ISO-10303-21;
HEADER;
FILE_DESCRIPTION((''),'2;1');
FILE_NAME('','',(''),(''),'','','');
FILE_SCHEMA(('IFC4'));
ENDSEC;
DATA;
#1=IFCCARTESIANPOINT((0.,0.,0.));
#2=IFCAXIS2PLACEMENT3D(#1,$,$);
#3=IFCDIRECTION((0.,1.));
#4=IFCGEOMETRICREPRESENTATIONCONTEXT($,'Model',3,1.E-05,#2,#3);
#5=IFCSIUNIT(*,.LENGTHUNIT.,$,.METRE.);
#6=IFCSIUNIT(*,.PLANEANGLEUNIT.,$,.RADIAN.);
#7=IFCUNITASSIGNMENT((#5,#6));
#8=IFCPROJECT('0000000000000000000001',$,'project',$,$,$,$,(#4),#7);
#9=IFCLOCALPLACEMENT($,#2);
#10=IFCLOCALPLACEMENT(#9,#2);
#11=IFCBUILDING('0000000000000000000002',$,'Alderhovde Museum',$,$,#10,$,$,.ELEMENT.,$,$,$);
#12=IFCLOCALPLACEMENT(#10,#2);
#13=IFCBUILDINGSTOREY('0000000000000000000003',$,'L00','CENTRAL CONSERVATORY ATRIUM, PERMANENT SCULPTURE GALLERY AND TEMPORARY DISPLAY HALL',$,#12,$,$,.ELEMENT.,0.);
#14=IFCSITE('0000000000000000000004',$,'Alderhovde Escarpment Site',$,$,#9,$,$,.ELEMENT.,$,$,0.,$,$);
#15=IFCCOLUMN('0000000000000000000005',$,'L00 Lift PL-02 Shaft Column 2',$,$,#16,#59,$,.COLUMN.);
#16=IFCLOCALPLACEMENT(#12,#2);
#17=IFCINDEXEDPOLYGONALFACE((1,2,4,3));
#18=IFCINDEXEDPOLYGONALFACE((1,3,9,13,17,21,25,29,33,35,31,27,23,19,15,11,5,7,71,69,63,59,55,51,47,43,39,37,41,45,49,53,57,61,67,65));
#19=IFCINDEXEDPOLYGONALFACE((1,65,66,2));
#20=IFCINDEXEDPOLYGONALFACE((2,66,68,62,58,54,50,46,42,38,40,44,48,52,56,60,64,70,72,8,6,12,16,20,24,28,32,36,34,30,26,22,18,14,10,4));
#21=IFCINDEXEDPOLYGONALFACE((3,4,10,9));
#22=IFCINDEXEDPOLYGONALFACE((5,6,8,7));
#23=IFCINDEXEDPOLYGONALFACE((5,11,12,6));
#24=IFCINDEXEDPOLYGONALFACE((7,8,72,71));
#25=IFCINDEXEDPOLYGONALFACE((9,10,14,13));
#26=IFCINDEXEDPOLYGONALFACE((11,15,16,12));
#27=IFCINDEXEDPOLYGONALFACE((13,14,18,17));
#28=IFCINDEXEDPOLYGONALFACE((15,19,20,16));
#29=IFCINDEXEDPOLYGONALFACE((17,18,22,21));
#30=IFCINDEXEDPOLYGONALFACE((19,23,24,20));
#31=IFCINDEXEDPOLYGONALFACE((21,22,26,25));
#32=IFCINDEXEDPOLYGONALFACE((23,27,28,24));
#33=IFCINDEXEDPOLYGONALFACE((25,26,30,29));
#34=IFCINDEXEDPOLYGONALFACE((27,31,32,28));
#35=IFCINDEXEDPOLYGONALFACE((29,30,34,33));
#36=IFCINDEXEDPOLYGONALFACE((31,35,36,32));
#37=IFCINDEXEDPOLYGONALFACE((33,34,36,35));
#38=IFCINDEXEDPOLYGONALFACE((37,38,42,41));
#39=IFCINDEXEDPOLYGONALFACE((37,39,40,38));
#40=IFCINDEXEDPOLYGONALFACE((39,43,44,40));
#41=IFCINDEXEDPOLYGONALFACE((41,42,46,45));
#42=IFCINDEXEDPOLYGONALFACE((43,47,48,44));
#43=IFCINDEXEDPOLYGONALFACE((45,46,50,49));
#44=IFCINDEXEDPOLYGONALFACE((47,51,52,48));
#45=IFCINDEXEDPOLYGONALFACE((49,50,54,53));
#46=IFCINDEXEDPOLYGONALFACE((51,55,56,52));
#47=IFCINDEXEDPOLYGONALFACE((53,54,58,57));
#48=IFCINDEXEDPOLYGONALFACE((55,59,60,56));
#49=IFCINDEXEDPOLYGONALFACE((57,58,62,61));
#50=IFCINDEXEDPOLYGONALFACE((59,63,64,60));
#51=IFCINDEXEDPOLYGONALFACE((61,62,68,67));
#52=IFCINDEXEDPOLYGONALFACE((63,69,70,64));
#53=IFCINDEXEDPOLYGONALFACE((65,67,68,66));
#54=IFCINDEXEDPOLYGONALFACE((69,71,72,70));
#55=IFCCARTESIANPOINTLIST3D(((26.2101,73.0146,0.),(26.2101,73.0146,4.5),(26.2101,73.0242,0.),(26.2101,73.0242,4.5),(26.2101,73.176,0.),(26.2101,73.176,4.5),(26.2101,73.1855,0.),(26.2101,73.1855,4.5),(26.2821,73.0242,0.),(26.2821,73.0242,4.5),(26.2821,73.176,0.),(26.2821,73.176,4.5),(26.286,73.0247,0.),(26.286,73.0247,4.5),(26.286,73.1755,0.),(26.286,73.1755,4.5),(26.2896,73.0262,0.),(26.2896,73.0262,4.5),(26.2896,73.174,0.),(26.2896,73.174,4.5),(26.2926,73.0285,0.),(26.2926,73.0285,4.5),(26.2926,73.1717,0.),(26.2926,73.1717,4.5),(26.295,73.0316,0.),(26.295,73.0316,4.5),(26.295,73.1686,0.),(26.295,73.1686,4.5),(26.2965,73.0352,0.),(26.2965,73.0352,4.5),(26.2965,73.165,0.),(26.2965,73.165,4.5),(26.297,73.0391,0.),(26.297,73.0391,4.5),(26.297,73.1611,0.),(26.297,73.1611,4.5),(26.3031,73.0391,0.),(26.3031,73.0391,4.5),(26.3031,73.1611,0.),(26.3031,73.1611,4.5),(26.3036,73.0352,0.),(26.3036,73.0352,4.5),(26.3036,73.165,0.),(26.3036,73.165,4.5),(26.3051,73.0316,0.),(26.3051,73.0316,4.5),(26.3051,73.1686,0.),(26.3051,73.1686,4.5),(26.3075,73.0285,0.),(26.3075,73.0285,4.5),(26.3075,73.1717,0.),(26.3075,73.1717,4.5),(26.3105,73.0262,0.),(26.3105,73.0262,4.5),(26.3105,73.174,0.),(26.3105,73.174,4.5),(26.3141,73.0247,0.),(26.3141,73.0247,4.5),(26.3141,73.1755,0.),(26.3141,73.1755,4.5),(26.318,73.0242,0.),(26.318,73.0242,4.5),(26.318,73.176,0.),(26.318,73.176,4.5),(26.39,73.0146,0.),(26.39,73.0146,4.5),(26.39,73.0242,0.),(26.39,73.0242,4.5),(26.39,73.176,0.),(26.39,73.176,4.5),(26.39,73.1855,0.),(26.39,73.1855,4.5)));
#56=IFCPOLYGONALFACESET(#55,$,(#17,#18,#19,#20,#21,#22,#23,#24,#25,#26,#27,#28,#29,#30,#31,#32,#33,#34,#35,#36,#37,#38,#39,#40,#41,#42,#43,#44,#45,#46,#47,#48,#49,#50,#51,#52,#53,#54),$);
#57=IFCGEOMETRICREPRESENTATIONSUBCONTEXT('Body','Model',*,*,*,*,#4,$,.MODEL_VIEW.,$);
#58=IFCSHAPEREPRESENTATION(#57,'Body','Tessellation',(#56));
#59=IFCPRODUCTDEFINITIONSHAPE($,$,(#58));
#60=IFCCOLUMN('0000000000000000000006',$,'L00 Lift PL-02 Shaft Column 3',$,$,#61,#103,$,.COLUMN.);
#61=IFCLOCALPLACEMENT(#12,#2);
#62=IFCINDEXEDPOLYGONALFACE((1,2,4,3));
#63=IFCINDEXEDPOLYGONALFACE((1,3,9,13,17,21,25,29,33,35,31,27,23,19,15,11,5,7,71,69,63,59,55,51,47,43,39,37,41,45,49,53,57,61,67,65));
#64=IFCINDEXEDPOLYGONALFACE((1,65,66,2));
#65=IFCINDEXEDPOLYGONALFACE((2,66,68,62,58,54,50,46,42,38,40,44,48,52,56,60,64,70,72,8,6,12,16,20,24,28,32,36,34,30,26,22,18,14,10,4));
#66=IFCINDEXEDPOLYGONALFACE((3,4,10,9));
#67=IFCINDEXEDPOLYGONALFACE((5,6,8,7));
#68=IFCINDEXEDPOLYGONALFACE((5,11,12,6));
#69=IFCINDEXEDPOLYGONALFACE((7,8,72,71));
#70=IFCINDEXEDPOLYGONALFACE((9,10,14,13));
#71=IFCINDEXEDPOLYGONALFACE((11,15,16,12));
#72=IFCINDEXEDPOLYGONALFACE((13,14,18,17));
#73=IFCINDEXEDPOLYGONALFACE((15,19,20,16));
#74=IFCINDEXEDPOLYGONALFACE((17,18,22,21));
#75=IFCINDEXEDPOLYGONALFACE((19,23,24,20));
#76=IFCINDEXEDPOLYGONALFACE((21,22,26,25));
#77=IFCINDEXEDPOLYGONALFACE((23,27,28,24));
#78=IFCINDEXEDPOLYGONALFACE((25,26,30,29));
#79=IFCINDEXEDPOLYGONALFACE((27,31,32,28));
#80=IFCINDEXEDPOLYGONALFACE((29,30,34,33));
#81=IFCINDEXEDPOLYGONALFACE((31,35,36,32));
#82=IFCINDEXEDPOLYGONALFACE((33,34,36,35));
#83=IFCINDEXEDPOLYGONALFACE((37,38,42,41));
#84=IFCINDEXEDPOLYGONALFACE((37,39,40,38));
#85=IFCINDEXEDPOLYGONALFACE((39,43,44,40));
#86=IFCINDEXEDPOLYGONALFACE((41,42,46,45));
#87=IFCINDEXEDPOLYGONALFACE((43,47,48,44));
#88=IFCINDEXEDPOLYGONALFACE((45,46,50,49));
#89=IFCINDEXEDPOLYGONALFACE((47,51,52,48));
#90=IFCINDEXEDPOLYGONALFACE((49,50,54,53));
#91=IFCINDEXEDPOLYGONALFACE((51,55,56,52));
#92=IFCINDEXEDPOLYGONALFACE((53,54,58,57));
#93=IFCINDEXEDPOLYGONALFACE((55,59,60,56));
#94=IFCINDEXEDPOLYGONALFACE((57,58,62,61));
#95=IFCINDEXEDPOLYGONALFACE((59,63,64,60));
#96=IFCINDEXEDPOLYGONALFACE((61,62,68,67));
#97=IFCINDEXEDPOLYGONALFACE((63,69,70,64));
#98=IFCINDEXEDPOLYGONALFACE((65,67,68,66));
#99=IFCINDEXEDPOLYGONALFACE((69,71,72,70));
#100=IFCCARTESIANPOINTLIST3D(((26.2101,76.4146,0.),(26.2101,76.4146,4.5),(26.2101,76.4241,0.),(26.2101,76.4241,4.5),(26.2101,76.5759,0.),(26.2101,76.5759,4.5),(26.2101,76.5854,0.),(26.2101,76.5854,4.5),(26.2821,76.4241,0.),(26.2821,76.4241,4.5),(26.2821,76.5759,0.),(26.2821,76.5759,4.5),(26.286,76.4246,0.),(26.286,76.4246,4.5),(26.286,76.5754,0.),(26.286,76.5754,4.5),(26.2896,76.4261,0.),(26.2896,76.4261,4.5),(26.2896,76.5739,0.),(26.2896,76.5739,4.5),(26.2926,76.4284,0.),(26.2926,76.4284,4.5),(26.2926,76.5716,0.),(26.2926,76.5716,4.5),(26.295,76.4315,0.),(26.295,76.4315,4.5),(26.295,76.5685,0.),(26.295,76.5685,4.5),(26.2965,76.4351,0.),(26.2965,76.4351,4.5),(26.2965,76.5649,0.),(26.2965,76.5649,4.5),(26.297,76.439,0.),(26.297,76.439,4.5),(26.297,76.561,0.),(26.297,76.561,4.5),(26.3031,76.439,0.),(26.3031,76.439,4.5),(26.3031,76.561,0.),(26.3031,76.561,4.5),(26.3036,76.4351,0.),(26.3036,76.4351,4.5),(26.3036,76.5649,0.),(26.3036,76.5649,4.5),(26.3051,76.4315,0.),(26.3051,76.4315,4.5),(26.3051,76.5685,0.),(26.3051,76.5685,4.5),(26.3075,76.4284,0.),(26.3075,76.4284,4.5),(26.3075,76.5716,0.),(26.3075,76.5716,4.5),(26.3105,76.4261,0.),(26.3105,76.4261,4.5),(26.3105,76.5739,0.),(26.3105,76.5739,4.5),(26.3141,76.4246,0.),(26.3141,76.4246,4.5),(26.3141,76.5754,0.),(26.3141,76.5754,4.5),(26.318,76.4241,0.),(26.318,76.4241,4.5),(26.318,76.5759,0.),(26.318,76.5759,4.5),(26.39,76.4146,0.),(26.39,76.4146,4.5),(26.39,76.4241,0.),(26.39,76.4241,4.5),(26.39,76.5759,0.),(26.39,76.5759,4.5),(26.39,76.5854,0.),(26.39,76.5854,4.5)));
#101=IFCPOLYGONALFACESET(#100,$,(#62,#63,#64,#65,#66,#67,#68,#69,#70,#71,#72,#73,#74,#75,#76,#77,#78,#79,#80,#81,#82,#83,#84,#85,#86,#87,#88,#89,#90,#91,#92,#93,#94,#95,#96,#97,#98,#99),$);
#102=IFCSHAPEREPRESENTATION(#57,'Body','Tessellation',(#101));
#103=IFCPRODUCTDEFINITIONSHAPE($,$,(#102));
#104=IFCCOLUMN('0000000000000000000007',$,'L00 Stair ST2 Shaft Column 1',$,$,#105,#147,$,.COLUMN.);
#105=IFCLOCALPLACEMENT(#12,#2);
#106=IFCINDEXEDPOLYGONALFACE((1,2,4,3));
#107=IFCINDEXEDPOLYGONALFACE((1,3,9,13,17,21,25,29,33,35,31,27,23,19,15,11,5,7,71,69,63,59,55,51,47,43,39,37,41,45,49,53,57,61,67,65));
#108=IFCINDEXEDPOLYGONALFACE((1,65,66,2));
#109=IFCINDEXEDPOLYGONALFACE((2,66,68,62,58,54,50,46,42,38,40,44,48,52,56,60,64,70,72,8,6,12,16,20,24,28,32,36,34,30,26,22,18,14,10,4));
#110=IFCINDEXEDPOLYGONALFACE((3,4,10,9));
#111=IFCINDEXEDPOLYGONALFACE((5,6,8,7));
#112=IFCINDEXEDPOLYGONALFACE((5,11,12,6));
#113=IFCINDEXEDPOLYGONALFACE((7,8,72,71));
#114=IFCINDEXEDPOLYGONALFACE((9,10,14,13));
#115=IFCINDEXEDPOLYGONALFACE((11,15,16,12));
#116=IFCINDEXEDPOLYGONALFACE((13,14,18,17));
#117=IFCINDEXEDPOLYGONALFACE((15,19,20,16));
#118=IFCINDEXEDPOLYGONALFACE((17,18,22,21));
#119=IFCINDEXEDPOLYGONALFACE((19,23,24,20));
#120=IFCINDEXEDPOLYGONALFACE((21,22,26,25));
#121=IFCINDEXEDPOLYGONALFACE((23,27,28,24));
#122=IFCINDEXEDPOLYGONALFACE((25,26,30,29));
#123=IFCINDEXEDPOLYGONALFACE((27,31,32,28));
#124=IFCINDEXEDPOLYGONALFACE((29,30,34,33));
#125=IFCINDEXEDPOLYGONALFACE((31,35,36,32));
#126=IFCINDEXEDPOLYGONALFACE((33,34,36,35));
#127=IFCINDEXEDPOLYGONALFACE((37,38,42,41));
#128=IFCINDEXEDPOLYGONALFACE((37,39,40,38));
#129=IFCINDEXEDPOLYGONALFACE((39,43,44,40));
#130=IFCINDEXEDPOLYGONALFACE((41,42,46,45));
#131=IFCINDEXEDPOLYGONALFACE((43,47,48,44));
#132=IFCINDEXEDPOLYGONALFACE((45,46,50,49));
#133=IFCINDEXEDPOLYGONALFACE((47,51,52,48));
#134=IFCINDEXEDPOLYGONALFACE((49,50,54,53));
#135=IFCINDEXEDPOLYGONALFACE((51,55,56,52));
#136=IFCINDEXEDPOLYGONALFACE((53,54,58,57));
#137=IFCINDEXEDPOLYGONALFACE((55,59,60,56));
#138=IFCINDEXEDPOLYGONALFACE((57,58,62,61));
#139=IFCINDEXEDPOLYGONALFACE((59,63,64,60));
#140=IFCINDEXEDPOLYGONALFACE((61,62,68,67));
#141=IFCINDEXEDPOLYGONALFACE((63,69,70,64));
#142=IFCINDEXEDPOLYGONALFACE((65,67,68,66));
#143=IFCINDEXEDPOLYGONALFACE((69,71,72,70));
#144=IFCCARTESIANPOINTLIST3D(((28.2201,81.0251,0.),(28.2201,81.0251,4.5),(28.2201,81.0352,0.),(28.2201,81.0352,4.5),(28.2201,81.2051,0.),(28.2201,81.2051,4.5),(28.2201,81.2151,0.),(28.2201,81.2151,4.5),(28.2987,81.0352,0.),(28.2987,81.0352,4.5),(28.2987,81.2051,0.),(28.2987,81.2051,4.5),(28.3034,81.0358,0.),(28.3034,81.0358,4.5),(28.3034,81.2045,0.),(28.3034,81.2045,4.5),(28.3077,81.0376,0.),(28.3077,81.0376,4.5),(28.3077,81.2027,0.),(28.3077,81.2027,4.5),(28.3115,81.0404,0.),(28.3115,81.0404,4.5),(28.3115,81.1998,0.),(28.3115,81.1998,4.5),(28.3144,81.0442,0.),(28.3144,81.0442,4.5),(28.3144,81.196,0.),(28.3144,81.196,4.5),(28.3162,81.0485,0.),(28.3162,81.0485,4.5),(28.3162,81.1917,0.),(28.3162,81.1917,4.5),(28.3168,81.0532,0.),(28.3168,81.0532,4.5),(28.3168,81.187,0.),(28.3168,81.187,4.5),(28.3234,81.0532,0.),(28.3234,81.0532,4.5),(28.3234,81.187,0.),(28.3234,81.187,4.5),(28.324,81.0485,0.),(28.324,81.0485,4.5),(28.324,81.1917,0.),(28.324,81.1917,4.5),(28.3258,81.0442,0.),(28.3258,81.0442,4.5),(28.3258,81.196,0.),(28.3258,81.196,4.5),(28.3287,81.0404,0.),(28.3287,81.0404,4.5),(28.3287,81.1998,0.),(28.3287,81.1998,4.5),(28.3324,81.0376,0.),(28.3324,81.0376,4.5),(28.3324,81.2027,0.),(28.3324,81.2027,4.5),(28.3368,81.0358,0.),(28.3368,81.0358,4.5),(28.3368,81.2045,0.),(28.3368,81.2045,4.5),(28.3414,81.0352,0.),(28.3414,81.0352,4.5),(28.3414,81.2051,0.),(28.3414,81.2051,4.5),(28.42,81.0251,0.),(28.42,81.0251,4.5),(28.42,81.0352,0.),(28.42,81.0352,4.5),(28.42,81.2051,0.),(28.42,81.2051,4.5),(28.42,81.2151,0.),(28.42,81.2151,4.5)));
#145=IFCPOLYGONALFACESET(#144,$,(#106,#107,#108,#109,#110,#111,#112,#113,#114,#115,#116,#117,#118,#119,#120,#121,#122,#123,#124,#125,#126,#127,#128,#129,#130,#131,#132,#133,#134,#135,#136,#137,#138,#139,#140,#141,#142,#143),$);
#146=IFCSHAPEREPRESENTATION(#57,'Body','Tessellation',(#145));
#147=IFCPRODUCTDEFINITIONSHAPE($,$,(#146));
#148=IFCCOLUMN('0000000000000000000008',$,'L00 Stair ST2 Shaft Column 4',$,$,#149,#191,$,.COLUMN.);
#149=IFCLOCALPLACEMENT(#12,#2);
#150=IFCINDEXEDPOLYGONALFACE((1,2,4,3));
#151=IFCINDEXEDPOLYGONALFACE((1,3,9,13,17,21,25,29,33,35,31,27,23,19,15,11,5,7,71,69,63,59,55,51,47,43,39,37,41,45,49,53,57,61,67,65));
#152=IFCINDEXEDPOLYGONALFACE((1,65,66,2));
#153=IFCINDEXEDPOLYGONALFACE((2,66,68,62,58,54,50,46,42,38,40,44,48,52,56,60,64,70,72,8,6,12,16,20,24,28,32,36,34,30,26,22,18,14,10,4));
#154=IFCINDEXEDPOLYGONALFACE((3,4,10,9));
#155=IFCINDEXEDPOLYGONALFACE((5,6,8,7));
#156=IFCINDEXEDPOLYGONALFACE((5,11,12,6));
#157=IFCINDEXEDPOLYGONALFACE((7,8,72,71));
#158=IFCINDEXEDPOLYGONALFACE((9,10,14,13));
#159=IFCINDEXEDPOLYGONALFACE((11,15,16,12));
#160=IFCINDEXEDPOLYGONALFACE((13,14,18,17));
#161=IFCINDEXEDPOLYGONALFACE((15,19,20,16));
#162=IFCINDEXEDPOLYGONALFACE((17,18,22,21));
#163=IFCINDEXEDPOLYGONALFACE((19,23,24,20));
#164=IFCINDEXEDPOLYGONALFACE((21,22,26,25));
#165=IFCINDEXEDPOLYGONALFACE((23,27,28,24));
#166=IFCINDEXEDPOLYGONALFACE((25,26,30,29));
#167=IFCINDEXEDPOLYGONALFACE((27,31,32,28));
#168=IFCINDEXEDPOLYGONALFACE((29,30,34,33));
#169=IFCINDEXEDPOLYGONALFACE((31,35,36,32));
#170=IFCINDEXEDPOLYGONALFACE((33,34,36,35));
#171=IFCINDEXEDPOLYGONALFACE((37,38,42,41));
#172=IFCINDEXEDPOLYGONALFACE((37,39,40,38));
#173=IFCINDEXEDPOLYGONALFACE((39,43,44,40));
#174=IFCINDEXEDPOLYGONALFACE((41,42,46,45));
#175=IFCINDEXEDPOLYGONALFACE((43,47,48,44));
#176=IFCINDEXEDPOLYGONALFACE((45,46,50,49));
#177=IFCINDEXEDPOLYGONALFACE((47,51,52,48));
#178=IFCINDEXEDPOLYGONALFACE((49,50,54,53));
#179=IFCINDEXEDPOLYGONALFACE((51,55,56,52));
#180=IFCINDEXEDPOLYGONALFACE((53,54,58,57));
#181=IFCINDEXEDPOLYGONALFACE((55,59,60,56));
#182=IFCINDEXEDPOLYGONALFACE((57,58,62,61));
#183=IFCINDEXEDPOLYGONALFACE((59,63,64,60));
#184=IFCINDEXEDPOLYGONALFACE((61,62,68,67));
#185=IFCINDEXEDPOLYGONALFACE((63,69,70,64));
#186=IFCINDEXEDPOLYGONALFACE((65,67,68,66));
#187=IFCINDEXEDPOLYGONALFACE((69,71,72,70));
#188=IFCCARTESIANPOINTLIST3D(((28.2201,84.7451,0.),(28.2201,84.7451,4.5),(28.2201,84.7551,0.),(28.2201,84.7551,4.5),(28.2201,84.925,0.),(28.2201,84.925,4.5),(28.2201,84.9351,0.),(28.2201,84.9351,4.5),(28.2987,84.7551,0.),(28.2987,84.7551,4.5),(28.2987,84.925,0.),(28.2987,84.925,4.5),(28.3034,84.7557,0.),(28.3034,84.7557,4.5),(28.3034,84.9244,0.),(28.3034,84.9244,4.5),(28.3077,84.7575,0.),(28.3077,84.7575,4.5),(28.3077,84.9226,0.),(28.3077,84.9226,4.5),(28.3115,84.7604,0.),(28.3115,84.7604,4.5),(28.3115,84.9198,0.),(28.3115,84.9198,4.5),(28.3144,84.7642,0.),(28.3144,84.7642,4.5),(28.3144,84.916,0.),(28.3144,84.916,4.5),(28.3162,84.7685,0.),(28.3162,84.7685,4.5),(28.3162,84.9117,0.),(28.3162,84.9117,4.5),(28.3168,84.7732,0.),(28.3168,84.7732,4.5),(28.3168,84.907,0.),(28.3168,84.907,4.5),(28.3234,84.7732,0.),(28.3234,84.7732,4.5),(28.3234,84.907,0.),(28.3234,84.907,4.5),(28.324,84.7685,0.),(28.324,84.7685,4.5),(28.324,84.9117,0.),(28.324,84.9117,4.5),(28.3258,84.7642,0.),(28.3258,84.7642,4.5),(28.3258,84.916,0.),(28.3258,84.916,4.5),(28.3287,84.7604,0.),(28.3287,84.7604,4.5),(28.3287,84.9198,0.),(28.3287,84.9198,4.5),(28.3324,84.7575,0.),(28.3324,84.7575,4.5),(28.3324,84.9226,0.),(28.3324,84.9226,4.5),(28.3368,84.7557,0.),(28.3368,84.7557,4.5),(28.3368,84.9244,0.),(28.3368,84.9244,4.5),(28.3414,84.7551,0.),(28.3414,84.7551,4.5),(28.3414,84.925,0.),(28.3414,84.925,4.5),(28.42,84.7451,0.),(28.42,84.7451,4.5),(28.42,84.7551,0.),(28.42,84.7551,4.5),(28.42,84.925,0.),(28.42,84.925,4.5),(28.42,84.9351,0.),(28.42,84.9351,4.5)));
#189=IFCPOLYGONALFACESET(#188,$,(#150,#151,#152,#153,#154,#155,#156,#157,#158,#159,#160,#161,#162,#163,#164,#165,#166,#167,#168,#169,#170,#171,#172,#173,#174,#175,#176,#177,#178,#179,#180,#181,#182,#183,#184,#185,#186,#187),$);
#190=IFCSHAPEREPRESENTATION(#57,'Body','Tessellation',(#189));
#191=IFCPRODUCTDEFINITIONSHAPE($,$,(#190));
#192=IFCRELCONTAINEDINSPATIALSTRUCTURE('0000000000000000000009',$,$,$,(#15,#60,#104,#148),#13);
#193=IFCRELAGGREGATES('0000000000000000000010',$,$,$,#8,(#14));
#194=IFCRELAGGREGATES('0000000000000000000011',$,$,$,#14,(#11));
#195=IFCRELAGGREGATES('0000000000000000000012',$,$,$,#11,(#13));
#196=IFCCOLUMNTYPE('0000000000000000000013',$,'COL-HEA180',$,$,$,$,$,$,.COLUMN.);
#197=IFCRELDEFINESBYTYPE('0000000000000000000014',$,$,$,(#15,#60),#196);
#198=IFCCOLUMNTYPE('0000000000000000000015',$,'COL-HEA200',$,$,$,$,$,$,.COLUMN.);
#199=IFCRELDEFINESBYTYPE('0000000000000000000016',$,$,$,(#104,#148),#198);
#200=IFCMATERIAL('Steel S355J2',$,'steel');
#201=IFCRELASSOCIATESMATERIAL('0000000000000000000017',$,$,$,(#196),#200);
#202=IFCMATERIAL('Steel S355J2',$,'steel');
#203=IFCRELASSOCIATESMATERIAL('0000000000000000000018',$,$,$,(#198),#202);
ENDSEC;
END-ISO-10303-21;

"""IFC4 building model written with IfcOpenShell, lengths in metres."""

from ifc_helpers import new_model, si_unit, direction, frame, origin, origin_2d, place, context, subcontext, project, spatial, i_section, extrude, material, material_profile, profile_set, type_object, element, save


model = new_model("IFC4")

# Units and contexts
model_context = context("Model", 3, precision=1e-05, world=origin(), true_north=direction((0.0, 1.0)))
body_context = subcontext(model_context, "Body", "Model", "MODEL_VIEW")
ifc_project = project(units=[si_unit("LENGTHUNIT", "METRE"), si_unit("PLANEANGLEUNIT", "RADIAN")], contexts=[model_context])

# Site, building, storey
site_placement = place(None, origin())
site = spatial("IfcSite", under=ifc_project, at=site_placement, Name="Alderhovde Escarpment Site", CompositionType="ELEMENT", RefElevation=0.0)
building_placement = place(site_placement, origin())
building = spatial("IfcBuilding", under=site, at=building_placement, Name="Alderhovde Museum", CompositionType="ELEMENT")
storey_placement = place(building_placement, origin())
storey = spatial("IfcBuildingStorey", under=building, at=storey_placement, Name="L00", Description="CENTRAL CONSERVATORY ATRIUM, PERMANENT SCULPTURE GALLERY AND TEMPORARY DISPLAY HALL", CompositionType="ELEMENT", Elevation=0.0)

# Columns
ifc_material_1 = material(Name="Steel S355J2", Category="steel")
ifc_material_profile_1 = material_profile(ifc_material_1, i_section(OverallWidth=0.1799, OverallDepth=0.1709, WebThickness=0.0061, FlangeThickness=0.0095, FilletRadius=0.0149, at=origin_2d()), Name="HEA 180")
ifc_profile_set_1 = profile_set([ifc_material_profile_1], Name="Steel S355J2")
column_type_1 = type_object("IfcColumnType", Name="COL-HEA180", PredefinedType="COLUMN", material=ifc_profile_set_1)
for number, where, z_axis, x_axis, name in (
    (1, (26.3, 73.1001, 0.0), (0.0, 0.0, 1.0), (1.0, 0.0, 0.0), "L00 Lift PL-02 Shaft Column 2"),
    (2, (26.3, 76.5, 0.0), (0.0, 0.0, 1.0), (1.0, 0.0, 0.0), "L00 Lift PL-02 Shaft Column 3"),
):
    element("IfcColumn", number, at=place(storey_placement, frame(where, z_axis=z_axis, x_axis=x_axis)), inside=storey, type_object=column_type_1, Name=name, PredefinedType="COLUMN", context=body_context, shape_type="SweptSolid", body=[
        extrude(i_section(OverallWidth=0.1799, OverallDepth=0.1709, WebThickness=0.0061, FlangeThickness=0.0095, FilletRadius=0.0149, at=origin_2d()), origin(), (0.0, 0.0, 1.0), 4.5),
    ])
ifc_material_2 = material(Name="Steel S355J2", Category="steel")
ifc_material_profile_2 = material_profile(ifc_material_2, i_section(OverallWidth=0.2, OverallDepth=0.1899, WebThickness=0.0066, FlangeThickness=0.01, FilletRadius=0.0181, at=origin_2d()), Name="HEA 200")
ifc_profile_set_2 = profile_set([ifc_material_profile_2], Name="Steel S355J2")
column_type_2 = type_object("IfcColumnType", Name="COL-HEA200", PredefinedType="COLUMN", material=ifc_profile_set_2)
for number, where, z_axis, x_axis, name in (
    (3, (28.3201, 81.1201, 0.0), (0.0, 0.0, 1.0), (1.0, 0.0, 0.0), "L00 Stair ST2 Shaft Column 1"),
    (4, (28.3201, 84.8401, 0.0), (0.0, 0.0, 1.0), (1.0, 0.0, 0.0), "L00 Stair ST2 Shaft Column 4"),
):
    element("IfcColumn", number, at=place(storey_placement, frame(where, z_axis=z_axis, x_axis=x_axis)), inside=storey, type_object=column_type_2, Name=name, PredefinedType="COLUMN", context=body_context, shape_type="SweptSolid", body=[
        extrude(i_section(OverallWidth=0.2, OverallDepth=0.1899, WebThickness=0.0066, FlangeThickness=0.01, FilletRadius=0.0181, at=origin_2d()), origin(), (0.0, 0.0, 1.0), 4.5),
    ])

save(model, "model.ifc")
